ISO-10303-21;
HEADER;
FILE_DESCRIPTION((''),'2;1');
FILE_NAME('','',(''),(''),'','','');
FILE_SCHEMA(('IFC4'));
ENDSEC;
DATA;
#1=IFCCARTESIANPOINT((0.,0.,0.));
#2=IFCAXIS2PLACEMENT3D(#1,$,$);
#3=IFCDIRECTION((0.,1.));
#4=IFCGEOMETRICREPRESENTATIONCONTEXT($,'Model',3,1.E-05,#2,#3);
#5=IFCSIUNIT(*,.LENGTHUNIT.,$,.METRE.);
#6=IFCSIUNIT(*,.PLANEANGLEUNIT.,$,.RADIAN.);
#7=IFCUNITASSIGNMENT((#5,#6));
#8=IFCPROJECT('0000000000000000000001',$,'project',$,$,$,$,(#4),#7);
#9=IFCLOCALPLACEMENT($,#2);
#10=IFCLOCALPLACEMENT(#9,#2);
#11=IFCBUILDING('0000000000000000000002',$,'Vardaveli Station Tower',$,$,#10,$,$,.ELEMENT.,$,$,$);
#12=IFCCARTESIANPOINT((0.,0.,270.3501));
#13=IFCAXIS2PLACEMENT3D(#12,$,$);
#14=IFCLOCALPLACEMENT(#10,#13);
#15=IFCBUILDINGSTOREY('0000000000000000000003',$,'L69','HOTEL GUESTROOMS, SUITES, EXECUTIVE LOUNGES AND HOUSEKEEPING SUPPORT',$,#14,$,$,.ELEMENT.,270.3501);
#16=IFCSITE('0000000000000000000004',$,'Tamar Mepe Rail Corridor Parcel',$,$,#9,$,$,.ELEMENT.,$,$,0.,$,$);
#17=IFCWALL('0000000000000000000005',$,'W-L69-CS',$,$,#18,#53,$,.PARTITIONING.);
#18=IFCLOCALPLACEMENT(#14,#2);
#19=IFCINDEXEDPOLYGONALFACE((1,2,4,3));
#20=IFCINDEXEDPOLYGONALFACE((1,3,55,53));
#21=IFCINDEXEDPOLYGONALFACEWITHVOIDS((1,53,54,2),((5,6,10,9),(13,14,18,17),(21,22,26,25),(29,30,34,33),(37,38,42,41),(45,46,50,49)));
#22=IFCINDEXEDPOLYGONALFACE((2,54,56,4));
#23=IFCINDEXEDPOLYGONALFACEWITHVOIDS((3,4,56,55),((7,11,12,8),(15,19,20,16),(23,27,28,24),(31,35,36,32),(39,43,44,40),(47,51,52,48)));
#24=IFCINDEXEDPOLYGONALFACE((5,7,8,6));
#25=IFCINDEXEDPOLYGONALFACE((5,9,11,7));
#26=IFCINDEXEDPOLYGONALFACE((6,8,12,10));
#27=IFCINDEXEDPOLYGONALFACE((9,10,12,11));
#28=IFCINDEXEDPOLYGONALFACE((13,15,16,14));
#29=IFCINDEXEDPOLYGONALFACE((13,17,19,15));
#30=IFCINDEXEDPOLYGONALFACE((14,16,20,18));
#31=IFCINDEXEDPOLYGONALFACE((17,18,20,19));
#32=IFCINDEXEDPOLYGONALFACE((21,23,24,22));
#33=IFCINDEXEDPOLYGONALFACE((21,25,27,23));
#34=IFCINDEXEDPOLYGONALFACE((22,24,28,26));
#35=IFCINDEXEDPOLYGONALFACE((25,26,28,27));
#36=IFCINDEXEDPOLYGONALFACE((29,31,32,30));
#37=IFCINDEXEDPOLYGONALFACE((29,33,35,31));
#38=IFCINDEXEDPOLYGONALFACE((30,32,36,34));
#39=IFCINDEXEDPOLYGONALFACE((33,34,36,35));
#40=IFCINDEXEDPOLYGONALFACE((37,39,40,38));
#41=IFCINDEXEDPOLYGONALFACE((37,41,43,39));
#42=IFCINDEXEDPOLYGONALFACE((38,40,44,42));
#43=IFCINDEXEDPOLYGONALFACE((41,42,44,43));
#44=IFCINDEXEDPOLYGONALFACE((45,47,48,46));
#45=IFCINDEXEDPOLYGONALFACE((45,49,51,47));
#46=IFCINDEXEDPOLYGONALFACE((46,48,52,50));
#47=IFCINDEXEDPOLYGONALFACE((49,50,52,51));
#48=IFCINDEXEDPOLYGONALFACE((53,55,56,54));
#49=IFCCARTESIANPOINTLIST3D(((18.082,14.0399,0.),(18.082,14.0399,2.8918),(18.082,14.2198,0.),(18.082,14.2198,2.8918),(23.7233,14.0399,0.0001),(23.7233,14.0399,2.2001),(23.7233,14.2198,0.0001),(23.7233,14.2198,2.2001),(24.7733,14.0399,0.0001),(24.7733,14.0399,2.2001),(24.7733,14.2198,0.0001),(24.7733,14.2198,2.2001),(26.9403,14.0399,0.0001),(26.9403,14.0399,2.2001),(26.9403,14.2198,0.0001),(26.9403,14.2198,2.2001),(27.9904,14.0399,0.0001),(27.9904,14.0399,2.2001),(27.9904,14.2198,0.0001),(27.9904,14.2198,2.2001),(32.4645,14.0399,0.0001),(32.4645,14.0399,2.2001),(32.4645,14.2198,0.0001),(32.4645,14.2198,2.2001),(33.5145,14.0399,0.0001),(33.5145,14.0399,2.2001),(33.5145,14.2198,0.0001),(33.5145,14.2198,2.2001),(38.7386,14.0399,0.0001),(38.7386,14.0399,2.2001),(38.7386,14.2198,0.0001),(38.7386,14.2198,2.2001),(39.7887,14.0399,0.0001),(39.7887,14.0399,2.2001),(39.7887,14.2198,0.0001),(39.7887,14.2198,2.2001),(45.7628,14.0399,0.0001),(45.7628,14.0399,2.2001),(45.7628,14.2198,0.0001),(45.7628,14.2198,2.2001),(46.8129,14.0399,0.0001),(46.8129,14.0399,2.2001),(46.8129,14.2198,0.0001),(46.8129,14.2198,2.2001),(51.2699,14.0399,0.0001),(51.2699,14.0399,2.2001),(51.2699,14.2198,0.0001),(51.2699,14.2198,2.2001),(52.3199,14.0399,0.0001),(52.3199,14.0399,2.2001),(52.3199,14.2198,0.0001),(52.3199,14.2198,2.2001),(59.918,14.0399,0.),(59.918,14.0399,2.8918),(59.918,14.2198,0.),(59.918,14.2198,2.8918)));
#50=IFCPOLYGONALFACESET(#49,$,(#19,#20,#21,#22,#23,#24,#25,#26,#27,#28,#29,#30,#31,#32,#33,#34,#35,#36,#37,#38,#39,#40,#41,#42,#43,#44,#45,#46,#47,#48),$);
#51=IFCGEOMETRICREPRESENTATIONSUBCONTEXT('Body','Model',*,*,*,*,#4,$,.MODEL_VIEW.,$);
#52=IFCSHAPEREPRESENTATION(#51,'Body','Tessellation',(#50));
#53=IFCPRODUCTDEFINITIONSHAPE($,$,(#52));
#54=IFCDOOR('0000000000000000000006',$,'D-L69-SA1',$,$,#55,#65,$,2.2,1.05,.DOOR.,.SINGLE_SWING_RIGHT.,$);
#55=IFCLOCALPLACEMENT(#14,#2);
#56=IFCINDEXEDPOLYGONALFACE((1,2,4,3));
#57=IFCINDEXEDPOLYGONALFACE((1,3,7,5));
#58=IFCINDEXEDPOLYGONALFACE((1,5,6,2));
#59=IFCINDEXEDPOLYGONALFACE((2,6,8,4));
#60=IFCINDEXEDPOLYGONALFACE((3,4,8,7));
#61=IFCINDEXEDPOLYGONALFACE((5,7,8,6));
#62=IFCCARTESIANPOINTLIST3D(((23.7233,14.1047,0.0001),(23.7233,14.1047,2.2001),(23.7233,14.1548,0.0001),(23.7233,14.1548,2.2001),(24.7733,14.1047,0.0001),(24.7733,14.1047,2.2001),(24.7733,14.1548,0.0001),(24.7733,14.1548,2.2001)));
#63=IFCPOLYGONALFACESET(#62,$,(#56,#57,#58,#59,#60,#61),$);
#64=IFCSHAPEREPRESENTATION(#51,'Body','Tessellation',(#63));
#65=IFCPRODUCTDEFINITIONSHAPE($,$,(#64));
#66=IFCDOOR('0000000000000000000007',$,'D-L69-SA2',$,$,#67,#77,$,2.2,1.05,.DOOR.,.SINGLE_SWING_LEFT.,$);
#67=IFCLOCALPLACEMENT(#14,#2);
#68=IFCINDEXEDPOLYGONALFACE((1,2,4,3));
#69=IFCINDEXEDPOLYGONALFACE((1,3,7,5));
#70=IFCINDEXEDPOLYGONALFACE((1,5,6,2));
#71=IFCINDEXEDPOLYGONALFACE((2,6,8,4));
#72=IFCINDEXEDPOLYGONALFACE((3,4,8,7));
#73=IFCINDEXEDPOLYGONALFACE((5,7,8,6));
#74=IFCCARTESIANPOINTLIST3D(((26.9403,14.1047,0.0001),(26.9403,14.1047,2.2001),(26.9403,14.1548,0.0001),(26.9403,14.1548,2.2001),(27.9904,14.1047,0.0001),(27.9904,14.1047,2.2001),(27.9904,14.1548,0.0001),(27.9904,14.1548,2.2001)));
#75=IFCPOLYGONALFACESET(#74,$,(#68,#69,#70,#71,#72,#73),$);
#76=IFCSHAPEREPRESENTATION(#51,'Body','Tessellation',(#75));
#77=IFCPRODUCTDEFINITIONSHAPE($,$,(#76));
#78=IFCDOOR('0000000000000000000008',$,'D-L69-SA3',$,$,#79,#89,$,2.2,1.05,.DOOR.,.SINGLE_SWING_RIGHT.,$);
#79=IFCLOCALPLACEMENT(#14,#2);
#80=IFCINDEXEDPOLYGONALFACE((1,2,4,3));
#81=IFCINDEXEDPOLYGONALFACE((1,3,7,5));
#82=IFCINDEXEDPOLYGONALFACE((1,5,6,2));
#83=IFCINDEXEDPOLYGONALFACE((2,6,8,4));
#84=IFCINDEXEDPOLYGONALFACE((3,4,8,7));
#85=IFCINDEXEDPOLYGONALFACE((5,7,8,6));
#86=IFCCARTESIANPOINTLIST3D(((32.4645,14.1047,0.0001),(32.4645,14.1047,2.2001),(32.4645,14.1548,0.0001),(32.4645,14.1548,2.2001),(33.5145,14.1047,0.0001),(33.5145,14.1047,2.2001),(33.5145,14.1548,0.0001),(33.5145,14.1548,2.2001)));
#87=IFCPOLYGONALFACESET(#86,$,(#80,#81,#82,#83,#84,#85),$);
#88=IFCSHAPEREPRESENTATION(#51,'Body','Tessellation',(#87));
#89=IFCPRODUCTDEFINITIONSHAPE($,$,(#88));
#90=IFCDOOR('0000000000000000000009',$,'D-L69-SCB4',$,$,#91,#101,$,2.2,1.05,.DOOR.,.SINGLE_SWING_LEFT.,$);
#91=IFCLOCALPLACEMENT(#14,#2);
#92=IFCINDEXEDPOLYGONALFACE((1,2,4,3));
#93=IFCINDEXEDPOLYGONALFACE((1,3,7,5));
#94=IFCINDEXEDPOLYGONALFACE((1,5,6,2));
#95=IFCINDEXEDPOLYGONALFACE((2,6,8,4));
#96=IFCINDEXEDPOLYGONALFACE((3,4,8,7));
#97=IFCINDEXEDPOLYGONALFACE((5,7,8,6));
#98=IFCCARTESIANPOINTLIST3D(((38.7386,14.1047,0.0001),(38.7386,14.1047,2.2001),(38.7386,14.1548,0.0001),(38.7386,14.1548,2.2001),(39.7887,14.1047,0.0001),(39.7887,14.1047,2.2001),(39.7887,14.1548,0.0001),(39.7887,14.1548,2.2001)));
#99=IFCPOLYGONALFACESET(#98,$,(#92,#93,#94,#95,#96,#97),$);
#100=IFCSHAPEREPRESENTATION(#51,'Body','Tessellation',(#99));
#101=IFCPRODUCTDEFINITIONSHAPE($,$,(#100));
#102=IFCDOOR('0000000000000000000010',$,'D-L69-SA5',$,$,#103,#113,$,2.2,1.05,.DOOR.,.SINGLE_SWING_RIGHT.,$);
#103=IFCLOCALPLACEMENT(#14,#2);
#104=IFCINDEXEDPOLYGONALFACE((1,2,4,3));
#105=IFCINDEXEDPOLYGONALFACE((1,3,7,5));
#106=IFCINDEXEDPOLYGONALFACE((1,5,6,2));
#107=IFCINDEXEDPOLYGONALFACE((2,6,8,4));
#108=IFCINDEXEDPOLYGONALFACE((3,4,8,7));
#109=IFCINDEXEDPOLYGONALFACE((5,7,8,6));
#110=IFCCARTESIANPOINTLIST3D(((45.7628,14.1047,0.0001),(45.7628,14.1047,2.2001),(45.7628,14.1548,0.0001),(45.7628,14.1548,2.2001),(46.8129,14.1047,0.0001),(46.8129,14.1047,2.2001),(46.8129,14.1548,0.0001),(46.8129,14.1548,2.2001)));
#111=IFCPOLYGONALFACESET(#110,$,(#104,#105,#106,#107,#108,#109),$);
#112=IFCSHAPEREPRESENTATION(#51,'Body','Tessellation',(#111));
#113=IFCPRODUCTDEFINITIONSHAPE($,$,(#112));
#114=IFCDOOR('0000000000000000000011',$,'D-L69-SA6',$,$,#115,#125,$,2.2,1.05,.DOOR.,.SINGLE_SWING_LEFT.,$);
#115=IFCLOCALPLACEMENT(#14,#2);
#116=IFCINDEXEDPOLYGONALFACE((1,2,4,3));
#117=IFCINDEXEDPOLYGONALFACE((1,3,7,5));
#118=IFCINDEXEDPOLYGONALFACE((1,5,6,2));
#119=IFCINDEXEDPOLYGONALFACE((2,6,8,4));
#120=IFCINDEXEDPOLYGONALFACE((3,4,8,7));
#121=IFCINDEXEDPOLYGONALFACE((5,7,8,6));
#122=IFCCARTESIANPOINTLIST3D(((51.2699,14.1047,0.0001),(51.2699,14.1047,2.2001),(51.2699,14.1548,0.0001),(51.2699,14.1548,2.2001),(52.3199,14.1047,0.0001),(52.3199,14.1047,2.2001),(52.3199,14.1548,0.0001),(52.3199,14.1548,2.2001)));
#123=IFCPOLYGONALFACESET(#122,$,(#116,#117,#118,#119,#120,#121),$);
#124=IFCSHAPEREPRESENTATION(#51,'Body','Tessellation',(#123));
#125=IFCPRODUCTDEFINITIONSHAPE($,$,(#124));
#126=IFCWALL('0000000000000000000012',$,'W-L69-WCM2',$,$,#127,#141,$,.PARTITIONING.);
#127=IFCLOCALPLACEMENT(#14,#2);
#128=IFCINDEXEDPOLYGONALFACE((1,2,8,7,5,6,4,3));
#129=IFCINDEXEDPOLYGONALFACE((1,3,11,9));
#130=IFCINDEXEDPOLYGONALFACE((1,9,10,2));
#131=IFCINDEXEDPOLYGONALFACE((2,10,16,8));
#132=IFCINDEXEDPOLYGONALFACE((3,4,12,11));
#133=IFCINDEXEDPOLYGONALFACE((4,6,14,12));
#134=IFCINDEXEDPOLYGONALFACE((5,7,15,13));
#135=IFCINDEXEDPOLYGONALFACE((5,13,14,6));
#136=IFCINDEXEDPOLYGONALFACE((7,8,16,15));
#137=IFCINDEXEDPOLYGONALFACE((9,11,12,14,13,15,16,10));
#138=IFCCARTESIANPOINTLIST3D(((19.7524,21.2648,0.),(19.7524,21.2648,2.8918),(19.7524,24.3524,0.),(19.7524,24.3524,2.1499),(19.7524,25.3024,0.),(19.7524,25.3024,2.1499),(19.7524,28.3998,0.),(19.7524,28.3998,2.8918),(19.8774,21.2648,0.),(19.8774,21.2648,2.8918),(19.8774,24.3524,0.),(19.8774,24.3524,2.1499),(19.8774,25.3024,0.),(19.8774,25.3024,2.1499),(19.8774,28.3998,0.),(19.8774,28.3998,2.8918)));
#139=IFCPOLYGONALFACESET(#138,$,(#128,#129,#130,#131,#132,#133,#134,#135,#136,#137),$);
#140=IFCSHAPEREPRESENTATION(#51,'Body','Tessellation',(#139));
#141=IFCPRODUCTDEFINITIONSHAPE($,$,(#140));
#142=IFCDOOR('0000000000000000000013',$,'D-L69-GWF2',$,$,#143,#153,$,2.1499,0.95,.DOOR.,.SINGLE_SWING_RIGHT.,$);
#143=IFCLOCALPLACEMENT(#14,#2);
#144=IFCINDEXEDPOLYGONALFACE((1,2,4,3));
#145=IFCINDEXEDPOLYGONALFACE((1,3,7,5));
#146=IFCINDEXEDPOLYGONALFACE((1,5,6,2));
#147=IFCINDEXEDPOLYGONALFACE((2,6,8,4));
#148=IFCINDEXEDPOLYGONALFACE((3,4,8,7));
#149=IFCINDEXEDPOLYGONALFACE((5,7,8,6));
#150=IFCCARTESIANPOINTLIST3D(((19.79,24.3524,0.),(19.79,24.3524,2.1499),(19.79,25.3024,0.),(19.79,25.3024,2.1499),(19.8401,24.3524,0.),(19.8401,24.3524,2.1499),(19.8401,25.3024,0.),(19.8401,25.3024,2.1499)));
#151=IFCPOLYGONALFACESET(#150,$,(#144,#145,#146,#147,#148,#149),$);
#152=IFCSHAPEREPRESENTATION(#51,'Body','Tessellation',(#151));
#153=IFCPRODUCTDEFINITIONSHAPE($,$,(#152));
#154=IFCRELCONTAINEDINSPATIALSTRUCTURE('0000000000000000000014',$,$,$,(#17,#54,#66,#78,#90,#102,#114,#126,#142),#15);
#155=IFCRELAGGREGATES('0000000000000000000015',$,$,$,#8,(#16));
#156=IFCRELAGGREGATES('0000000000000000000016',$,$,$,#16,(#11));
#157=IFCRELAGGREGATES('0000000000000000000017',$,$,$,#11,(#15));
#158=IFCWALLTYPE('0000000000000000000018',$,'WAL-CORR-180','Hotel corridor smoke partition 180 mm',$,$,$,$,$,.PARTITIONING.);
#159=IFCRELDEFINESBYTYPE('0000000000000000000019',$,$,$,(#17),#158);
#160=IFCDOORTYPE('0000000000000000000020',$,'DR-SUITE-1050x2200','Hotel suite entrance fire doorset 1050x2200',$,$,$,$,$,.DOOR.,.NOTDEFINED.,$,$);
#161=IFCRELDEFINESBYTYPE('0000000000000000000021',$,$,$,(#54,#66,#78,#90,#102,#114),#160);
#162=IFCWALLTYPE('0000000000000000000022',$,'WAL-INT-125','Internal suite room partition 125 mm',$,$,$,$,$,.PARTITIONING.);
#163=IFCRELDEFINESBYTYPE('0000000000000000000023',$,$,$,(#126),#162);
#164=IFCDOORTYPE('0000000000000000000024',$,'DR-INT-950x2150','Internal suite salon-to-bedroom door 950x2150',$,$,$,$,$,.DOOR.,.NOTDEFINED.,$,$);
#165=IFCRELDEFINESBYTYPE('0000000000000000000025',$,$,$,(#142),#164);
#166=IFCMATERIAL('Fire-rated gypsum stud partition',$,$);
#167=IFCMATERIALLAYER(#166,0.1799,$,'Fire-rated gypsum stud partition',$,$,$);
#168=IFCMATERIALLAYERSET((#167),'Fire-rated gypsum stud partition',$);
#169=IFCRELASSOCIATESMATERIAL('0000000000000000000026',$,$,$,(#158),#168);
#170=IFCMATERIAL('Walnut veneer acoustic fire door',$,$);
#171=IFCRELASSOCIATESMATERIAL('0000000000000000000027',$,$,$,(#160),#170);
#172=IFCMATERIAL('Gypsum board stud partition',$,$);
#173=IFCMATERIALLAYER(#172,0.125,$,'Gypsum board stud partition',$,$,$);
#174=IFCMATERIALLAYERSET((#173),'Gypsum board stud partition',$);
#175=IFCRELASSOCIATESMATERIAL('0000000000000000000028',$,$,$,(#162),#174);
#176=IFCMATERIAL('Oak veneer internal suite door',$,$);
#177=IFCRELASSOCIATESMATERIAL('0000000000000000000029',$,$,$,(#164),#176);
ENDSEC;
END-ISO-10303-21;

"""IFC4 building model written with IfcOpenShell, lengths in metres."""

from ifc_helpers import new_model, si_unit, direction, frame, frame_2d, origin, place, context, subcontext, project, spatial, rectangle, extrude, source, transform, mapped, material, layer, layer_set, type_object, element, fill, save


model = new_model("IFC4")

# Units and contexts
model_context = context("Model", 3, precision=1e-05, world=origin(), true_north=direction((0.0, 1.0)))
body_context = subcontext(model_context, "Body", "Model", "MODEL_VIEW")
ifc_project = project(units=[si_unit("LENGTHUNIT", "METRE"), si_unit("PLANEANGLEUNIT", "RADIAN")], contexts=[model_context])

# Site, building, storey
site_placement = place(None, origin())
site = spatial("IfcSite", under=ifc_project, at=site_placement, Name="Tamar Mepe Rail Corridor Parcel", CompositionType="ELEMENT", RefElevation=0.0)
building_placement = place(site_placement, origin())
building = spatial("IfcBuilding", under=site, at=building_placement, Name="Vardaveli Station Tower", CompositionType="ELEMENT")
storey_placement = place(building_placement, frame((0.0, 0.0, 270.3501)))
storey = spatial("IfcBuildingStorey", under=building, at=storey_placement, Name="L69", Description="HOTEL GUESTROOMS, SUITES, EXECUTIVE LOUNGES AND HOUSEKEEPING SUPPORT", CompositionType="ELEMENT", Elevation=270.3501)

# Wall, openings, doors
ifc_material_1 = material(Name="Fire-rated gypsum stud partition")
ifc_layer_1 = layer(ifc_material_1, 0.1799, Name="Fire-rated gypsum stud partition")
ifc_layer_set_1 = layer_set([ifc_layer_1], Name="Fire-rated gypsum stud partition")
wall_type_1 = type_object("IfcWallType", Name="WAL-CORR-180", Description="Hotel corridor smoke partition 180 mm", PredefinedType="PARTITIONING", material=ifc_layer_set_1)
shared_shape_1 = source(origin(), body_context, "Body", "SweptSolid", [
    extrude(rectangle(XDim=41.8359, YDim=0.1799, at=frame_2d((20.918, 0.0))), origin(), (0.0, 0.0, 1.0), 2.8918),
])
wall_1_placement = place(storey_placement, frame((18.082, 14.1299, 0.0), z_axis=(0.0, 0.0, 1.0), x_axis=(1.0, 0.0, 0.0)))
wall_1 = element("IfcWall", 1, at=wall_1_placement, inside=storey, type_object=wall_type_1, Name="W-L69-CS", PredefinedType="PARTITIONING", context=body_context, shape_type="MappedRepresentation", body=[
    mapped(shared_shape_1, transform((0.0, 0.0, 0.0), scale=1.0)),
])
shared_shape_2 = source(origin(), body_context, "Body", "SweptSolid", [
    extrude(rectangle(XDim=1.05, YDim=2.2, at=frame_2d((0.5249, 1.1001))), frame((0.0, 0.1001, 0.0), z_axis=(0.0, -1.0, 0.0), x_axis=(1.0, 0.0, 0.0)), (0.0, 0.0, 1.0), 0.2),
])
opening_1_placement = place(wall_1_placement, frame((5.6414, 0.0, 0.0)))
opening_1 = element("IfcOpeningElement", 2, at=opening_1_placement, cuts=wall_1, PredefinedType="OPENING", context=body_context, shape_type="MappedRepresentation", body=[
    mapped(shared_shape_2, transform((0.0, 0.0, 0.0), scale=1.0)),
])
opening_2_placement = place(wall_1_placement, frame((8.8584, 0.0, 0.0)))
opening_2 = element("IfcOpeningElement", 3, at=opening_2_placement, cuts=wall_1, PredefinedType="OPENING", context=body_context, shape_type="MappedRepresentation", body=[
    mapped(shared_shape_2, transform((0.0, 0.0, 0.0), scale=1.0)),
])
opening_3_placement = place(wall_1_placement, frame((14.3826, 0.0, 0.0)))
opening_3 = element("IfcOpeningElement", 4, at=opening_3_placement, cuts=wall_1, PredefinedType="OPENING", context=body_context, shape_type="MappedRepresentation", body=[
    mapped(shared_shape_2, transform((0.0, 0.0, 0.0), scale=1.0)),
])
opening_4_placement = place(wall_1_placement, frame((20.6567, 0.0, 0.0)))
opening_4 = element("IfcOpeningElement", 5, at=opening_4_placement, cuts=wall_1, PredefinedType="OPENING", context=body_context, shape_type="MappedRepresentation", body=[
    mapped(shared_shape_2, transform((0.0, 0.0, 0.0), scale=1.0)),
])
opening_5_placement = place(wall_1_placement, frame((27.6809, 0.0, 0.0)))
opening_5 = element("IfcOpeningElement", 6, at=opening_5_placement, cuts=wall_1, PredefinedType="OPENING", context=body_context, shape_type="MappedRepresentation", body=[
    mapped(shared_shape_2, transform((0.0, 0.0, 0.0), scale=1.0)),
])
opening_6_placement = place(wall_1_placement, frame((33.188, 0.0, 0.0)))
opening_6 = element("IfcOpeningElement", 7, at=opening_6_placement, cuts=wall_1, PredefinedType="OPENING", context=body_context, shape_type="MappedRepresentation", body=[
    mapped(shared_shape_2, transform((0.0, 0.0, 0.0), scale=1.0)),
])
ifc_material_2 = material(Name="Walnut veneer acoustic fire door")
door_type_1 = type_object("IfcDoorType", Name="DR-SUITE-1050x2200", Description="Hotel suite entrance fire doorset 1050x2200", OperationType="NOTDEFINED", PredefinedType="DOOR", material=ifc_material_2)
shared_shape_3 = source(origin(), body_context, "Body", "SweptSolid", [
    extrude(rectangle(XDim=1.05, YDim=2.2, at=frame_2d((0.5249, 1.1001))), frame((0.0, 0.0249, 0.0), z_axis=(0.0, -1.0, 0.0), x_axis=(1.0, 0.0, 0.0)), (0.0, 0.0, 1.0), 0.05),
])
door_1_placement = place(opening_1_placement, origin())
door_1 = element("IfcDoor", 8, at=door_1_placement, inside=storey, type_object=door_type_1, Name="D-L69-SA1", OperationType="SINGLE_SWING_RIGHT", OverallHeight=2.2, OverallWidth=1.05, PredefinedType="DOOR", context=body_context, shape_type="MappedRepresentation", body=[
    mapped(shared_shape_3, transform((0.0, 0.0, 0.0), scale=1.0)),
])
fill(opening_1, door_1)
door_2_placement = place(opening_2_placement, origin())
door_2 = element("IfcDoor", 9, at=door_2_placement, inside=storey, type_object=door_type_1, Name="D-L69-SA2", OperationType="SINGLE_SWING_LEFT", OverallHeight=2.2, OverallWidth=1.05, PredefinedType="DOOR", context=body_context, shape_type="MappedRepresentation", body=[
    mapped(shared_shape_3, transform((0.0, 0.0, 0.0), scale=1.0)),
])
fill(opening_2, door_2)
door_3_placement = place(opening_3_placement, origin())
door_3 = element("IfcDoor", 10, at=door_3_placement, inside=storey, type_object=door_type_1, Name="D-L69-SA3", OperationType="SINGLE_SWING_RIGHT", OverallHeight=2.2, OverallWidth=1.05, PredefinedType="DOOR", context=body_context, shape_type="MappedRepresentation", body=[
    mapped(shared_shape_3, transform((0.0, 0.0, 0.0), scale=1.0)),
])
fill(opening_3, door_3)
door_4_placement = place(opening_4_placement, origin())
door_4 = element("IfcDoor", 11, at=door_4_placement, inside=storey, type_object=door_type_1, Name="D-L69-SCB4", OperationType="SINGLE_SWING_LEFT", OverallHeight=2.2, OverallWidth=1.05, PredefinedType="DOOR", context=body_context, shape_type="MappedRepresentation", body=[
    mapped(shared_shape_3, transform((0.0, 0.0, 0.0), scale=1.0)),
])
fill(opening_4, door_4)
door_5_placement = place(opening_5_placement, origin())
door_5 = element("IfcDoor", 12, at=door_5_placement, inside=storey, type_object=door_type_1, Name="D-L69-SA5", OperationType="SINGLE_SWING_RIGHT", OverallHeight=2.2, OverallWidth=1.05, PredefinedType="DOOR", context=body_context, shape_type="MappedRepresentation", body=[
    mapped(shared_shape_3, transform((0.0, 0.0, 0.0), scale=1.0)),
])
fill(opening_5, door_5)
door_6_placement = place(opening_6_placement, origin())
door_6 = element("IfcDoor", 13, at=door_6_placement, inside=storey, type_object=door_type_1, Name="D-L69-SA6", OperationType="SINGLE_SWING_LEFT", OverallHeight=2.2, OverallWidth=1.05, PredefinedType="DOOR", context=body_context, shape_type="MappedRepresentation", body=[
    mapped(shared_shape_3, transform((0.0, 0.0, 0.0), scale=1.0)),
])
fill(opening_6, door_6)

# Wall, opening, door
ifc_material_3 = material(Name="Gypsum board stud partition")
ifc_layer_2 = layer(ifc_material_3, 0.125, Name="Gypsum board stud partition")
ifc_layer_set_2 = layer_set([ifc_layer_2], Name="Gypsum board stud partition")
wall_type_2 = type_object("IfcWallType", Name="WAL-INT-125", Description="Internal suite room partition 125 mm", PredefinedType="PARTITIONING", material=ifc_layer_set_2)
shared_shape_4 = source(origin(), body_context, "Body", "SweptSolid", [
    extrude(rectangle(XDim=7.135, YDim=0.125, at=frame_2d((3.5674, 0.0))), origin(), (0.0, 0.0, 1.0), 2.8918),
])
wall_2_placement = place(storey_placement, frame((19.8149, 21.2649, 0.0), z_axis=(0.0, 0.0, 1.0), x_axis=(0.0, 1.0, 0.0)))
wall_2 = element("IfcWall", 14, at=wall_2_placement, inside=storey, type_object=wall_type_2, Name="W-L69-WCM2", PredefinedType="PARTITIONING", context=body_context, shape_type="MappedRepresentation", body=[
    mapped(shared_shape_4, transform((0.0, 0.0, 0.0), scale=1.0)),
])
shared_shape_5 = source(origin(), body_context, "Body", "SweptSolid", [
    extrude(rectangle(XDim=0.95, YDim=2.1499, at=frame_2d((0.4751, 1.075))), frame((0.0, 0.0725, 0.0), z_axis=(0.0, -1.0, 0.0), x_axis=(1.0, 0.0, 0.0)), (0.0, 0.0, 1.0), 0.145),
])
opening_7_placement = place(wall_2_placement, frame((3.0874, 0.0, 0.0)))
opening_7 = element("IfcOpeningElement", 15, at=opening_7_placement, cuts=wall_2, PredefinedType="OPENING", context=body_context, shape_type="MappedRepresentation", body=[
    mapped(shared_shape_5, transform((0.0, 0.0, 0.0), scale=1.0)),
])
ifc_material_4 = material(Name="Oak veneer internal suite door")
door_type_2 = type_object("IfcDoorType", Name="DR-INT-950x2150", Description="Internal suite salon-to-bedroom door 950x2150", OperationType="NOTDEFINED", PredefinedType="DOOR", material=ifc_material_4)
shared_shape_6 = source(origin(), body_context, "Body", "SweptSolid", [
    extrude(rectangle(XDim=0.95, YDim=2.1499, at=frame_2d((0.4751, 1.075))), frame((0.0, 0.0249, 0.0), z_axis=(0.0, -1.0, 0.0), x_axis=(1.0, 0.0, 0.0)), (0.0, 0.0, 1.0), 0.05),
])
door_7_placement = place(opening_7_placement, origin())
door_7 = element("IfcDoor", 16, at=door_7_placement, inside=storey, type_object=door_type_2, Name="D-L69-GWF2", OperationType="SINGLE_SWING_RIGHT", OverallHeight=2.1499, OverallWidth=0.95, PredefinedType="DOOR", context=body_context, shape_type="MappedRepresentation", body=[
    mapped(shared_shape_6, transform((0.0, 0.0, 0.0), scale=1.0)),
])
fill(opening_7, door_7)

save(model, "model.ifc")
